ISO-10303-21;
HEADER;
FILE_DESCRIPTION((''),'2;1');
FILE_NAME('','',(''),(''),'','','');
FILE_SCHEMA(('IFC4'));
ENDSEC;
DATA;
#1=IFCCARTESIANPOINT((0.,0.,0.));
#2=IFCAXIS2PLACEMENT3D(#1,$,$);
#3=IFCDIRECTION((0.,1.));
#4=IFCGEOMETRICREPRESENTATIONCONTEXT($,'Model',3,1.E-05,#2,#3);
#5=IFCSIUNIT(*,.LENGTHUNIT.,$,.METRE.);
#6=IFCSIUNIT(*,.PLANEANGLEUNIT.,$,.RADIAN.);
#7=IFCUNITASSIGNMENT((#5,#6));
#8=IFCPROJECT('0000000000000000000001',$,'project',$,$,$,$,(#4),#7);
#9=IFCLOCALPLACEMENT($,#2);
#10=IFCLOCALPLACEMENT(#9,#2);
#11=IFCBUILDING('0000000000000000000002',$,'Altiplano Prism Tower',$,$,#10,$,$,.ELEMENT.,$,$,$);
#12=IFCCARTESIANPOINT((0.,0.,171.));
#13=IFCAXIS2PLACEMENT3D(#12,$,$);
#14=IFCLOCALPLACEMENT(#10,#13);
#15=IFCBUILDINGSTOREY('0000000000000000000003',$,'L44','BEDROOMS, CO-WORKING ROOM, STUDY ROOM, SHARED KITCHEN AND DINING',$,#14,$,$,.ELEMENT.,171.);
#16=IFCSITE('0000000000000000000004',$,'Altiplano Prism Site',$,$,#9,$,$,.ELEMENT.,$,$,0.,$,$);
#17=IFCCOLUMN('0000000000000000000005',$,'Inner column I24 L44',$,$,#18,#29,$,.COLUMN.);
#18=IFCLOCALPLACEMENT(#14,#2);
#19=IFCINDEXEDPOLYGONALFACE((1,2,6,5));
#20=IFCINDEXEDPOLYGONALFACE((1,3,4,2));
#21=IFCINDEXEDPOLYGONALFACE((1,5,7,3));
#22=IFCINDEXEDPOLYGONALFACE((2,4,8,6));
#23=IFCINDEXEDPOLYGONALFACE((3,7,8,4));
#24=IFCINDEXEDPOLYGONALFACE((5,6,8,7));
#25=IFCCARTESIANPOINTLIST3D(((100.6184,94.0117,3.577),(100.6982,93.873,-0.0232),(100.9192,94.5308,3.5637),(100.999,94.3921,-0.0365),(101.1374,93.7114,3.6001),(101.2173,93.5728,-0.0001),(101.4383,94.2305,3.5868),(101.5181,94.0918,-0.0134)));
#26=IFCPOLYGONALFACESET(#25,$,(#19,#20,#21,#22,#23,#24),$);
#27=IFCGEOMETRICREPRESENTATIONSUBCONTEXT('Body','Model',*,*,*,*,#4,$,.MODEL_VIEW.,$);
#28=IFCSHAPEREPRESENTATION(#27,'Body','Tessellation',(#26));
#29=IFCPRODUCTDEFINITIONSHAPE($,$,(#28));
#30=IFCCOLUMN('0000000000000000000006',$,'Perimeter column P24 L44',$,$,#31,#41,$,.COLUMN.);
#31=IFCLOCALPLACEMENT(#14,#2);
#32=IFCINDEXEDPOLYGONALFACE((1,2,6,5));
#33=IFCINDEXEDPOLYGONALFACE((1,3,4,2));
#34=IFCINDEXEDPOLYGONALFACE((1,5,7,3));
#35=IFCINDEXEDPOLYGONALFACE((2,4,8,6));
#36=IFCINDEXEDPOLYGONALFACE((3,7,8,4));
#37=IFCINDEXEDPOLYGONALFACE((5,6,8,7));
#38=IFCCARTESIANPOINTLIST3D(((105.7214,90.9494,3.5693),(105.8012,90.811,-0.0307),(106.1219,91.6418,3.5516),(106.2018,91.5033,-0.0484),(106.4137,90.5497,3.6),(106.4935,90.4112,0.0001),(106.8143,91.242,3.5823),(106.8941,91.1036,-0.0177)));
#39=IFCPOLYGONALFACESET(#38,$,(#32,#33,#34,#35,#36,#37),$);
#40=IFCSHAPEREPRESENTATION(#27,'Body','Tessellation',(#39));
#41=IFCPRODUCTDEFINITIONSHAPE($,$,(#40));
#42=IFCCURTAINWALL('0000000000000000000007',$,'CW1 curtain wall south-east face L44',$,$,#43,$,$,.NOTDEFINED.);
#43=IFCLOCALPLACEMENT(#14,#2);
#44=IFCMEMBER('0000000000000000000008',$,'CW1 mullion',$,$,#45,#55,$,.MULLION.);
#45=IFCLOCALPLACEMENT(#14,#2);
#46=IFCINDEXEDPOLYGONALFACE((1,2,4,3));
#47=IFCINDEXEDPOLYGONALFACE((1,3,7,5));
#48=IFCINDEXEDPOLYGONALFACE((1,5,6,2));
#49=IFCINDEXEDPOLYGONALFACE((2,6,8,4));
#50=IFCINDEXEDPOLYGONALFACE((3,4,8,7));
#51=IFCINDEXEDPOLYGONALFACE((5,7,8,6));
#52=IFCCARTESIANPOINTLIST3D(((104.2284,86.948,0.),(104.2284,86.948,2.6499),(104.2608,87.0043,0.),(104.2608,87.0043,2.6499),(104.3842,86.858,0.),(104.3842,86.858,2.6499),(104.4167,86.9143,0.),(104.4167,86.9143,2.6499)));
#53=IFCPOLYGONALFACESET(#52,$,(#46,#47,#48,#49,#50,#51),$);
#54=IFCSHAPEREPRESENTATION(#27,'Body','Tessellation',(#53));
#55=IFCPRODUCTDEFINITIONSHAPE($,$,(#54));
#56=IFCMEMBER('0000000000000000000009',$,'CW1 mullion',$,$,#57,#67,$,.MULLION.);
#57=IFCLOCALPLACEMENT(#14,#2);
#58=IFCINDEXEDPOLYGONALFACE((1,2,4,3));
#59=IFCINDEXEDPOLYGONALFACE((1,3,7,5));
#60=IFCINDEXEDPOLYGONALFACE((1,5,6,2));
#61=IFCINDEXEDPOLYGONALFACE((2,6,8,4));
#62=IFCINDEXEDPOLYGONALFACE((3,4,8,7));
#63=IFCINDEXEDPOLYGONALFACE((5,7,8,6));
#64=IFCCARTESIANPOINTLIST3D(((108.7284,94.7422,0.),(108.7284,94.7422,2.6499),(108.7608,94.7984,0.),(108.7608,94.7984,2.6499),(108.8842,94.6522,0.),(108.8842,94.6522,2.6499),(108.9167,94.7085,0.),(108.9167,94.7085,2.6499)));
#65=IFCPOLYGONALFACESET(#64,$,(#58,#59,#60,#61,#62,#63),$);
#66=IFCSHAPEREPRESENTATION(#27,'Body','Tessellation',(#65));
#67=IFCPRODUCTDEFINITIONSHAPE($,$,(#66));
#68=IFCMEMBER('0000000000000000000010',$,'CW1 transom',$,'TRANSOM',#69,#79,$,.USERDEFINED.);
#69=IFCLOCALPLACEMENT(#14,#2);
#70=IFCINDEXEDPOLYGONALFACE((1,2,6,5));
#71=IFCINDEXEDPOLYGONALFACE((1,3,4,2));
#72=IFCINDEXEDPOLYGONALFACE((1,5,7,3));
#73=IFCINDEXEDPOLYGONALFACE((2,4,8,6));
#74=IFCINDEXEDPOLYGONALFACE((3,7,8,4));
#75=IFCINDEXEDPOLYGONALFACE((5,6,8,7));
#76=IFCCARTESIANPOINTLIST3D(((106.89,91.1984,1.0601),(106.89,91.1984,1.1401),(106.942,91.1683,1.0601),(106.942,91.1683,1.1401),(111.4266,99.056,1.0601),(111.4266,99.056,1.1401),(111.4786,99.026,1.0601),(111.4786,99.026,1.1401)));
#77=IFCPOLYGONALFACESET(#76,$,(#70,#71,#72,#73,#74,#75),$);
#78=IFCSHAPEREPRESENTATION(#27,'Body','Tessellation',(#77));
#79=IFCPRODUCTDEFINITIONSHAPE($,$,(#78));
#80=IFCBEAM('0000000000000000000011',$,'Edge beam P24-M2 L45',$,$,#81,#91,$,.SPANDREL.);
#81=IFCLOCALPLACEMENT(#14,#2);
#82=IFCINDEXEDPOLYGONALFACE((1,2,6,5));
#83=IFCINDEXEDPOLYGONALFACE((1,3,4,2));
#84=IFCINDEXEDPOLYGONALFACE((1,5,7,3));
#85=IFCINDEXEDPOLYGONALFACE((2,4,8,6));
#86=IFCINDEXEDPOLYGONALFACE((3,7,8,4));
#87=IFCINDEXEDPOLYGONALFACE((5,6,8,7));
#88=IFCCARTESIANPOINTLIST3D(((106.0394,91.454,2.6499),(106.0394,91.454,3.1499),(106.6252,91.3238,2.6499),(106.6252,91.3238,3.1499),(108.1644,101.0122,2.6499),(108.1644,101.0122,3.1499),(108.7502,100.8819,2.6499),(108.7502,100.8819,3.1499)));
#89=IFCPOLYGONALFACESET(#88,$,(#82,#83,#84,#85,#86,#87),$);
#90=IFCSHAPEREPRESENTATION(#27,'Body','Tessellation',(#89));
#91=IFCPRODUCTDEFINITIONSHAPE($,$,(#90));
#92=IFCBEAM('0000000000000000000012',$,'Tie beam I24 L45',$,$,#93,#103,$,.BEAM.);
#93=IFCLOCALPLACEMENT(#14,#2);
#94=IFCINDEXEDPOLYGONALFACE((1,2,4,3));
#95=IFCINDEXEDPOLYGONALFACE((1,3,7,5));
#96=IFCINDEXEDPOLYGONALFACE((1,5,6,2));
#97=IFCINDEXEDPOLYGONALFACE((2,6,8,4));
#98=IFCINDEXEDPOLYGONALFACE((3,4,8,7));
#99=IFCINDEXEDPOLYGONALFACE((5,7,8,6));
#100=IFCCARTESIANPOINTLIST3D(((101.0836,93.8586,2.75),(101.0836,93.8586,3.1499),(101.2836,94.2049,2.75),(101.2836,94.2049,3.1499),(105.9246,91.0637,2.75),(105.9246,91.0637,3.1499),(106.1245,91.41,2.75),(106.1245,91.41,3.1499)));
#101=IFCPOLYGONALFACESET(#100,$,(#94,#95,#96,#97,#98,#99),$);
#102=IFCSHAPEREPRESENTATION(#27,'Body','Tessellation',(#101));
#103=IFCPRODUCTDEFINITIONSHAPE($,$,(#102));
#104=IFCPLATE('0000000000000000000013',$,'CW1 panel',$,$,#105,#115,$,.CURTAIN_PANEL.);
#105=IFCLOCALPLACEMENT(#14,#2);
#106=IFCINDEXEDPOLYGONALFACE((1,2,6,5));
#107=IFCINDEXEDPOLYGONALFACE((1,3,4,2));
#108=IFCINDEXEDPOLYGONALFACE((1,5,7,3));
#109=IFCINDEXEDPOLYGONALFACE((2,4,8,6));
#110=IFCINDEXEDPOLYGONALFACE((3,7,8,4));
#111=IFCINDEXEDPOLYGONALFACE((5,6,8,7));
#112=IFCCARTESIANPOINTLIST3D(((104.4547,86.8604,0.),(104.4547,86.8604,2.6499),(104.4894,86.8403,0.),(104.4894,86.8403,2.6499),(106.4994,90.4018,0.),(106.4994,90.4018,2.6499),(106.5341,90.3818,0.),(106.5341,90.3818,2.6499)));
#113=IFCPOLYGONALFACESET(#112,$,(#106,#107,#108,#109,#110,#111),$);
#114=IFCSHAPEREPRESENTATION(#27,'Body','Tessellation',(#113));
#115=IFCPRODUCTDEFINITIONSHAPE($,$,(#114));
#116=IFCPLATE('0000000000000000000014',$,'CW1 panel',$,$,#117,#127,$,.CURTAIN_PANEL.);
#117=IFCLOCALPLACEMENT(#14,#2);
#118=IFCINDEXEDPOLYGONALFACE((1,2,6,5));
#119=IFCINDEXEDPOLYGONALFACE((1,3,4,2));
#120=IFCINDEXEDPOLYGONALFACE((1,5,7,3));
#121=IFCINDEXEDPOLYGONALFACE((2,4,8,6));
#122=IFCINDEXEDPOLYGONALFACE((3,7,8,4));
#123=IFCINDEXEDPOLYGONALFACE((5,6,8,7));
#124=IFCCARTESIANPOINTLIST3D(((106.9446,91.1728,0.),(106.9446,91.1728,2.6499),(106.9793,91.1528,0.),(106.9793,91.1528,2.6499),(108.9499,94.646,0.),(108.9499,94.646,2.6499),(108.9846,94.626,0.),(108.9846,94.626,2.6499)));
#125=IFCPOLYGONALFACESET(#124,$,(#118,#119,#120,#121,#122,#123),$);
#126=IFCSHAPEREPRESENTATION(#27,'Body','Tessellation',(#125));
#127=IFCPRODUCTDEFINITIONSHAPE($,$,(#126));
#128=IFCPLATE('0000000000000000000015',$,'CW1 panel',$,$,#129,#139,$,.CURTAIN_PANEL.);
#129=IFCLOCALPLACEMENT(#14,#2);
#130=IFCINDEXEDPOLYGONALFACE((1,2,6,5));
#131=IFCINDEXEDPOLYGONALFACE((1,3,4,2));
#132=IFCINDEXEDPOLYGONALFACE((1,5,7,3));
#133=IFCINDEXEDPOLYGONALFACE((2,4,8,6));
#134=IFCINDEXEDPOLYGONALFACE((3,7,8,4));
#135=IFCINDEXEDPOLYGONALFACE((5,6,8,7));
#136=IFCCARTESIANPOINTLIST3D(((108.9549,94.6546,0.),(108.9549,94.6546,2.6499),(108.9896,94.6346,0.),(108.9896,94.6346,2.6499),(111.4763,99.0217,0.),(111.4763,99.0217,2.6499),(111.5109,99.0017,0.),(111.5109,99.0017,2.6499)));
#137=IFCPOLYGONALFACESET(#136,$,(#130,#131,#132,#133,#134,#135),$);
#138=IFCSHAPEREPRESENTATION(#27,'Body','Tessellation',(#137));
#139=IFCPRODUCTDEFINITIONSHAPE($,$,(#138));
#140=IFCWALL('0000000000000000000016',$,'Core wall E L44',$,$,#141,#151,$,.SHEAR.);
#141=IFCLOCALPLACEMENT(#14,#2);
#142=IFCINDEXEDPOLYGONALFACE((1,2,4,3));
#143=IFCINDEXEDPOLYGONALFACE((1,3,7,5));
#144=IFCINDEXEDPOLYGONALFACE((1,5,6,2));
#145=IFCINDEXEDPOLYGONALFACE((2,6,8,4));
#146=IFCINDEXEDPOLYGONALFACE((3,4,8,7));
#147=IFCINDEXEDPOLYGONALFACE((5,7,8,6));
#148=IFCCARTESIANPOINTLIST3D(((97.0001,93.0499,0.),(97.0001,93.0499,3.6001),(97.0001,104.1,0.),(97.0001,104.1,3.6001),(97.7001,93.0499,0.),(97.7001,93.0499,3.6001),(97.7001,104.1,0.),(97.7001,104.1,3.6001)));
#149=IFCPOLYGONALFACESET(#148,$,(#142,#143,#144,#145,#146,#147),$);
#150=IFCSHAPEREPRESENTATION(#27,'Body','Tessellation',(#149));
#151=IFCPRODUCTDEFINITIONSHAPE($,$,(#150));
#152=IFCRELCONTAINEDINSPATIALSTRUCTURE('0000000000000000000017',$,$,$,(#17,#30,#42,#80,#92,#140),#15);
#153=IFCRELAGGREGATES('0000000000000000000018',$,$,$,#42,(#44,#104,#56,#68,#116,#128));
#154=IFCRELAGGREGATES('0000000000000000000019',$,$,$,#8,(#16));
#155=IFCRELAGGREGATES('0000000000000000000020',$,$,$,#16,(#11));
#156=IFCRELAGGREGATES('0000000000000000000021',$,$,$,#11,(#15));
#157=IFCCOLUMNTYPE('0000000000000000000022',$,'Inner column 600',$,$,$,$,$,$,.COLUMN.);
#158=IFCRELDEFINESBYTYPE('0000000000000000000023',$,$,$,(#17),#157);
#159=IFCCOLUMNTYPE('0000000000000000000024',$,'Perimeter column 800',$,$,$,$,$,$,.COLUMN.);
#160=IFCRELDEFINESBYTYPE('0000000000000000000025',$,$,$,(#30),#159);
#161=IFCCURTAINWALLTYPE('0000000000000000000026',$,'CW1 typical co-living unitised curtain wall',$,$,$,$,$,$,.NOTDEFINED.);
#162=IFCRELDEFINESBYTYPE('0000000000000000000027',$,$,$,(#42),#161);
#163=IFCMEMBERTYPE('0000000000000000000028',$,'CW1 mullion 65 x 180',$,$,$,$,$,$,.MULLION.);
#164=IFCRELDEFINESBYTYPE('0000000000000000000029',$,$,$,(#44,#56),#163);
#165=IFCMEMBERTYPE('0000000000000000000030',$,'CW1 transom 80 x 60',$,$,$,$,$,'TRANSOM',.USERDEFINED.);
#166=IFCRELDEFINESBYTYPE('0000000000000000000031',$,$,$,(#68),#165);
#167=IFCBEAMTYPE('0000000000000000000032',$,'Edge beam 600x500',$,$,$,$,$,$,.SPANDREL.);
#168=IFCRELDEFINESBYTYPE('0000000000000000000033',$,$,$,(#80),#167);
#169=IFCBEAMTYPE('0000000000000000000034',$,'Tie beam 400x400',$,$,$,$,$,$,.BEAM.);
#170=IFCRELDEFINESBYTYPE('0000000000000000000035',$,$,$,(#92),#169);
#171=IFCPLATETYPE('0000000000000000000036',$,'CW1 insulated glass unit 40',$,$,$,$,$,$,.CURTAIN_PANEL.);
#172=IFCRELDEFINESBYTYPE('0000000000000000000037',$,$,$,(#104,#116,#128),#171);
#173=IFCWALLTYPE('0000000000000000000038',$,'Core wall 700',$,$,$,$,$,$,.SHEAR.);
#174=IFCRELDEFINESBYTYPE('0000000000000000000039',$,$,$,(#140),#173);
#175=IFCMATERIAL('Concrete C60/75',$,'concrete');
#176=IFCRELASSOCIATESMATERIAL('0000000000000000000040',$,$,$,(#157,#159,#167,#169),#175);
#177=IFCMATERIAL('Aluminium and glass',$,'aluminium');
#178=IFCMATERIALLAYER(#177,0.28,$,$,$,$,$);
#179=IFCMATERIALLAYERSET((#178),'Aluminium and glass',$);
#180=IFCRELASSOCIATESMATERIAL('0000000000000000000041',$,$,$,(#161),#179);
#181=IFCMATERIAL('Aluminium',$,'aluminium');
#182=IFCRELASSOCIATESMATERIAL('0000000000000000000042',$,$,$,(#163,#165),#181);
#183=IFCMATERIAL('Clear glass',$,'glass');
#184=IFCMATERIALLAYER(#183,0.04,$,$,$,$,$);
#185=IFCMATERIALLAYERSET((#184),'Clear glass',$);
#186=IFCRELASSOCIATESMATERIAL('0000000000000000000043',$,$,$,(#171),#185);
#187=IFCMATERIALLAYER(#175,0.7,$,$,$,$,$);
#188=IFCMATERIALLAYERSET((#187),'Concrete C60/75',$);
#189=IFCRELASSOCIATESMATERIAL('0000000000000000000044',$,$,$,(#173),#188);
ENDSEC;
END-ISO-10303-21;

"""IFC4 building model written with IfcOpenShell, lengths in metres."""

from ifc_helpers import new_model, si_unit, direction, frame, frame_2d, origin, origin_2d, place, context, subcontext, project, spatial, rectangle, extrude, material, layer, layer_set, material_profile, profile_set, type_object, element, aggregate, save


model = new_model("IFC4")

# Units and contexts
model_context = context("Model", 3, precision=1e-05, world=origin(), true_north=direction((0.0, 1.0)))
body_context = subcontext(model_context, "Body", "Model", "MODEL_VIEW")
ifc_project = project(units=[si_unit("LENGTHUNIT", "METRE"), si_unit("PLANEANGLEUNIT", "RADIAN")], contexts=[model_context])

# Site, building, storey
site_placement = place(None, origin())
site = spatial("IfcSite", under=ifc_project, at=site_placement, Name="Altiplano Prism Site", CompositionType="ELEMENT", RefElevation=0.0)
building_placement = place(site_placement, origin())
building = spatial("IfcBuilding", under=site, at=building_placement, Name="Altiplano Prism Tower", CompositionType="ELEMENT")
storey_placement = place(building_placement, frame((0.0, 0.0, 171.0)))
storey = spatial("IfcBuildingStorey", under=building, at=storey_placement, Name="L44", Description="BEDROOMS, CO-WORKING ROOM, STUDY ROOM, SHARED KITCHEN AND DINING", CompositionType="ELEMENT", Elevation=171.0)

# Columns
ifc_material_1 = material(Name="Concrete C60/75", Category="concrete")
ifc_material_profile_1 = material_profile(ifc_material_1, rectangle(XDim=0.6001, YDim=0.6001, at=origin_2d()), Name="Inner column 600")
ifc_profile_set_1 = profile_set([ifc_material_profile_1], Name="Concrete C60/75")
column_type_1 = type_object("IfcColumnType", Name="Inner column 600", PredefinedType="COLUMN", material=ifc_profile_set_1)
column_1_placement = place(storey_placement, frame((101.1082, 93.9824, -0.0183), z_axis=(-0.022154, 0.038481, 0.999014), x_axis=(-0.501318, -0.864979, 0.022201)))
element("IfcColumn", 1, at=column_1_placement, inside=storey, type_object=column_type_1, Name="Inner column I24 L44", PredefinedType="COLUMN", context=body_context, shape_type="SweptSolid", body=[
    extrude(rectangle(XDim=0.6001, YDim=0.6001, at=origin_2d()), origin(), (0.0, 0.0, 1.0), 3.6038),
])
ifc_material_profile_2 = material_profile(ifc_material_1, rectangle(XDim=0.8, YDim=0.8, at=origin_2d()), Name="Perimeter column 800")
ifc_profile_set_2 = profile_set([ifc_material_profile_2], Name="Concrete C60/75")
column_type_2 = type_object("IfcColumnType", Name="Perimeter column 800", PredefinedType="COLUMN", material=ifc_profile_set_2)
column_2_placement = place(storey_placement, frame((106.3477, 90.9573, -0.0242), z_axis=(-0.022155, 0.038416, 0.999016), x_axis=(-0.500657, -0.865361, 0.022173)))
element("IfcColumn", 2, at=column_2_placement, inside=storey, type_object=column_type_2, Name="Perimeter column P24 L44", PredefinedType="COLUMN", context=body_context, shape_type="SweptSolid", body=[
    extrude(rectangle(XDim=0.8, YDim=0.8, at=origin_2d()), origin(), (0.0, 0.0, 1.0), 3.6035),
])

# Curtain wall, members
ifc_material_2 = material(Name="Aluminium and glass", Category="aluminium")
ifc_layer_1 = layer(ifc_material_2, 0.28)
ifc_layer_set_1 = layer_set([ifc_layer_1], Name="Aluminium and glass")
curtain_wall_type = type_object("IfcCurtainWallType", Name="CW1 typical co-living unitised curtain wall", PredefinedType="NOTDEFINED", material=ifc_layer_set_1)
curtain_wall_placement = place(storey_placement, origin())
curtain_wall = element("IfcCurtainWall", 3, at=curtain_wall_placement, inside=storey, type_object=curtain_wall_type, Name="CW1 curtain wall south-east face L44", PredefinedType="NOTDEFINED")
ifc_material_3 = material(Name="Aluminium", Category="aluminium")
ifc_material_profile_3 = material_profile(ifc_material_3, rectangle(XDim=0.1799, YDim=0.0649, at=origin_2d()), Name="CW1 mullion 65 x 180")
ifc_profile_set_3 = profile_set([ifc_material_profile_3], Name="Aluminium")
member_type_1 = type_object("IfcMemberType", Name="CW1 mullion 65 x 180", PredefinedType="MULLION", material=ifc_profile_set_3)
member_1_placement = place(storey_placement, frame((104.3225, 86.9312, 0.0), z_axis=(0.0, 0.0, 1.0), x_axis=(-0.866025, 0.5, 0.0)))
member_1 = element("IfcMember", 4, at=member_1_placement, type_object=member_type_1, Name="CW1 mullion", PredefinedType="MULLION", context=body_context, shape_type="SweptSolid", body=[
    extrude(rectangle(XDim=0.1799, YDim=0.0649, at=origin_2d()), origin(), (0.0, 0.0, 1.0), 2.6499),
])
member_2_placement = place(storey_placement, frame((108.8225, 94.7253, 0.0), z_axis=(0.0, 0.0, 1.0), x_axis=(-0.866025, 0.5, 0.0)))
member_2 = element("IfcMember", 5, at=member_2_placement, type_object=member_type_1, Name="CW1 mullion", PredefinedType="MULLION", context=body_context, shape_type="SweptSolid", body=[
    extrude(rectangle(XDim=0.1799, YDim=0.0649, at=origin_2d()), origin(), (0.0, 0.0, 1.0), 2.6499),
])
ifc_material_profile_4 = material_profile(ifc_material_3, rectangle(XDim=0.0601, YDim=0.0801, at=origin_2d()), Name="CW1 transom 80 x 60")
ifc_profile_set_4 = profile_set([ifc_material_profile_4], Name="Aluminium")
member_type_2 = type_object("IfcMemberType", Name="CW1 transom 80 x 60", ElementType="TRANSOM", PredefinedType="USERDEFINED", material=ifc_profile_set_4)
member_3_placement = place(storey_placement, frame((106.916, 91.1833, 1.1001), z_axis=(0.5, 0.866026, 0.0), x_axis=(-0.866026, 0.5, 0.0)))
member_3 = element("IfcMember", 6, at=member_3_placement, type_object=member_type_2, Name="CW1 transom", ObjectType="TRANSOM", PredefinedType="USERDEFINED", context=body_context, shape_type="SweptSolid", body=[
    extrude(rectangle(XDim=0.0601, YDim=0.0801, at=origin_2d()), origin(), (0.0, 0.0, 1.0), 9.0732),
])

# Beams
ifc_material_profile_5 = material_profile(ifc_material_1, rectangle(XDim=0.6001, YDim=0.5, at=origin_2d()), Name="Edge beam 600x500")
ifc_profile_set_5 = profile_set([ifc_material_profile_5], Name="Concrete C60/75")
beam_type_1 = type_object("IfcBeamType", Name="Edge beam 600x500", PredefinedType="SPANDREL", material=ifc_profile_set_5)
beam_1_placement = place(storey_placement, frame((106.3323, 91.3889, 2.8999), z_axis=(0.217025, 0.976166, 0.0), x_axis=(-0.976166, 0.217025, 0.0)))
element("IfcBeam", 7, at=beam_1_placement, inside=storey, type_object=beam_type_1, Name="Edge beam P24-M2 L45", PredefinedType="SPANDREL", context=body_context, shape_type="SweptSolid", body=[
    extrude(rectangle(XDim=0.6001, YDim=0.5, at=origin_2d()), origin(), (0.0, 0.0, 1.0), 9.7915),
])
ifc_material_profile_6 = material_profile(ifc_material_1, rectangle(XDim=0.3999, YDim=0.3999, at=origin_2d()), Name="Tie beam 400x400")
ifc_profile_set_6 = profile_set([ifc_material_profile_6], Name="Concrete C60/75")
beam_type_2 = type_object("IfcBeamType", Name="Tie beam 400x400", PredefinedType="BEAM", material=ifc_profile_set_6)
beam_2_placement = place(storey_placement, frame((101.1836, 94.0317, 2.95), z_axis=(0.866031, -0.499991, 0.0), x_axis=(0.499991, 0.866031, 0.0)))
element("IfcBeam", 8, at=beam_2_placement, inside=storey, type_object=beam_type_2, Name="Tie beam I24 L45", PredefinedType="BEAM", context=body_context, shape_type="SweptSolid", body=[
    extrude(rectangle(XDim=0.3999, YDim=0.3999, at=origin_2d()), origin(), (0.0, 0.0, 1.0), 5.5898),
])

# Plates
ifc_material_4 = material(Name="Clear glass", Category="glass")
ifc_layer_2 = layer(ifc_material_4, 0.04)
ifc_layer_set_2 = layer_set([ifc_layer_2], Name="Clear glass")
plate_type = type_object("IfcPlateType", Name="CW1 insulated glass unit 40", PredefinedType="CURTAIN_PANEL", material=ifc_layer_set_2)
plate_1_placement = place(storey_placement, frame((105.4944, 88.6211, 0.0), z_axis=(0.0, 0.0, 1.0), x_axis=(0.5, 0.866025, 0.0)))
plate_1 = element("IfcPlate", 9, at=plate_1_placement, type_object=plate_type, Name="CW1 panel", PredefinedType="CURTAIN_PANEL", context=body_context, shape_type="SweptSolid", body=[
    extrude(rectangle(XDim=4.0894, YDim=0.04, at=origin_2d()), origin(), (0.0, 0.0, 1.0), 2.6499),
])
plate_2_placement = place(storey_placement, frame((107.9646, 92.8994, 0.0), z_axis=(0.0, 0.0, 1.0), x_axis=(0.5, 0.866025, 0.0)))
plate_2 = element("IfcPlate", 10, at=plate_2_placement, type_object=plate_type, Name="CW1 panel", PredefinedType="CURTAIN_PANEL", context=body_context, shape_type="SweptSolid", body=[
    extrude(rectangle(XDim=4.0105, YDim=0.04, at=origin_2d()), origin(), (0.0, 0.0, 1.0), 2.6499),
])
plate_3_placement = place(storey_placement, frame((110.2329, 96.8281, 0.0), z_axis=(0.0, 0.0, 1.0), x_axis=(0.5, 0.866025, 0.0)))
plate_3 = element("IfcPlate", 11, at=plate_3_placement, type_object=plate_type, Name="CW1 panel", PredefinedType="CURTAIN_PANEL", context=body_context, shape_type="SweptSolid", body=[
    extrude(rectangle(XDim=5.0427, YDim=0.04, at=origin_2d()), origin(), (0.0, 0.0, 1.0), 2.6499),
])
aggregate(curtain_wall, [member_1, plate_1, member_2, member_3, plate_2, plate_3])

# Wall
ifc_layer_3 = layer(ifc_material_1, 0.7)
ifc_layer_set_3 = layer_set([ifc_layer_3], Name="Concrete C60/75")
wall_type_1 = type_object("IfcWallType", Name="Core wall 700", PredefinedType="SHEAR", material=ifc_layer_set_3)
wall_1_placement = place(storey_placement, frame((97.3501, 93.05, 0.0), z_axis=(0.0, 0.0, 1.0), x_axis=(0.0, 1.0, 0.0)))
element("IfcWall", 12, at=wall_1_placement, inside=storey, type_object=wall_type_1, Name="Core wall E L44", PredefinedType="SHEAR", context=body_context, shape_type="SweptSolid", body=[
    extrude(rectangle(XDim=11.05, YDim=0.7, at=frame_2d((5.5249, 0.0))), origin(), (0.0, 0.0, 1.0), 3.6001),
])

save(model, "model.ifc")
